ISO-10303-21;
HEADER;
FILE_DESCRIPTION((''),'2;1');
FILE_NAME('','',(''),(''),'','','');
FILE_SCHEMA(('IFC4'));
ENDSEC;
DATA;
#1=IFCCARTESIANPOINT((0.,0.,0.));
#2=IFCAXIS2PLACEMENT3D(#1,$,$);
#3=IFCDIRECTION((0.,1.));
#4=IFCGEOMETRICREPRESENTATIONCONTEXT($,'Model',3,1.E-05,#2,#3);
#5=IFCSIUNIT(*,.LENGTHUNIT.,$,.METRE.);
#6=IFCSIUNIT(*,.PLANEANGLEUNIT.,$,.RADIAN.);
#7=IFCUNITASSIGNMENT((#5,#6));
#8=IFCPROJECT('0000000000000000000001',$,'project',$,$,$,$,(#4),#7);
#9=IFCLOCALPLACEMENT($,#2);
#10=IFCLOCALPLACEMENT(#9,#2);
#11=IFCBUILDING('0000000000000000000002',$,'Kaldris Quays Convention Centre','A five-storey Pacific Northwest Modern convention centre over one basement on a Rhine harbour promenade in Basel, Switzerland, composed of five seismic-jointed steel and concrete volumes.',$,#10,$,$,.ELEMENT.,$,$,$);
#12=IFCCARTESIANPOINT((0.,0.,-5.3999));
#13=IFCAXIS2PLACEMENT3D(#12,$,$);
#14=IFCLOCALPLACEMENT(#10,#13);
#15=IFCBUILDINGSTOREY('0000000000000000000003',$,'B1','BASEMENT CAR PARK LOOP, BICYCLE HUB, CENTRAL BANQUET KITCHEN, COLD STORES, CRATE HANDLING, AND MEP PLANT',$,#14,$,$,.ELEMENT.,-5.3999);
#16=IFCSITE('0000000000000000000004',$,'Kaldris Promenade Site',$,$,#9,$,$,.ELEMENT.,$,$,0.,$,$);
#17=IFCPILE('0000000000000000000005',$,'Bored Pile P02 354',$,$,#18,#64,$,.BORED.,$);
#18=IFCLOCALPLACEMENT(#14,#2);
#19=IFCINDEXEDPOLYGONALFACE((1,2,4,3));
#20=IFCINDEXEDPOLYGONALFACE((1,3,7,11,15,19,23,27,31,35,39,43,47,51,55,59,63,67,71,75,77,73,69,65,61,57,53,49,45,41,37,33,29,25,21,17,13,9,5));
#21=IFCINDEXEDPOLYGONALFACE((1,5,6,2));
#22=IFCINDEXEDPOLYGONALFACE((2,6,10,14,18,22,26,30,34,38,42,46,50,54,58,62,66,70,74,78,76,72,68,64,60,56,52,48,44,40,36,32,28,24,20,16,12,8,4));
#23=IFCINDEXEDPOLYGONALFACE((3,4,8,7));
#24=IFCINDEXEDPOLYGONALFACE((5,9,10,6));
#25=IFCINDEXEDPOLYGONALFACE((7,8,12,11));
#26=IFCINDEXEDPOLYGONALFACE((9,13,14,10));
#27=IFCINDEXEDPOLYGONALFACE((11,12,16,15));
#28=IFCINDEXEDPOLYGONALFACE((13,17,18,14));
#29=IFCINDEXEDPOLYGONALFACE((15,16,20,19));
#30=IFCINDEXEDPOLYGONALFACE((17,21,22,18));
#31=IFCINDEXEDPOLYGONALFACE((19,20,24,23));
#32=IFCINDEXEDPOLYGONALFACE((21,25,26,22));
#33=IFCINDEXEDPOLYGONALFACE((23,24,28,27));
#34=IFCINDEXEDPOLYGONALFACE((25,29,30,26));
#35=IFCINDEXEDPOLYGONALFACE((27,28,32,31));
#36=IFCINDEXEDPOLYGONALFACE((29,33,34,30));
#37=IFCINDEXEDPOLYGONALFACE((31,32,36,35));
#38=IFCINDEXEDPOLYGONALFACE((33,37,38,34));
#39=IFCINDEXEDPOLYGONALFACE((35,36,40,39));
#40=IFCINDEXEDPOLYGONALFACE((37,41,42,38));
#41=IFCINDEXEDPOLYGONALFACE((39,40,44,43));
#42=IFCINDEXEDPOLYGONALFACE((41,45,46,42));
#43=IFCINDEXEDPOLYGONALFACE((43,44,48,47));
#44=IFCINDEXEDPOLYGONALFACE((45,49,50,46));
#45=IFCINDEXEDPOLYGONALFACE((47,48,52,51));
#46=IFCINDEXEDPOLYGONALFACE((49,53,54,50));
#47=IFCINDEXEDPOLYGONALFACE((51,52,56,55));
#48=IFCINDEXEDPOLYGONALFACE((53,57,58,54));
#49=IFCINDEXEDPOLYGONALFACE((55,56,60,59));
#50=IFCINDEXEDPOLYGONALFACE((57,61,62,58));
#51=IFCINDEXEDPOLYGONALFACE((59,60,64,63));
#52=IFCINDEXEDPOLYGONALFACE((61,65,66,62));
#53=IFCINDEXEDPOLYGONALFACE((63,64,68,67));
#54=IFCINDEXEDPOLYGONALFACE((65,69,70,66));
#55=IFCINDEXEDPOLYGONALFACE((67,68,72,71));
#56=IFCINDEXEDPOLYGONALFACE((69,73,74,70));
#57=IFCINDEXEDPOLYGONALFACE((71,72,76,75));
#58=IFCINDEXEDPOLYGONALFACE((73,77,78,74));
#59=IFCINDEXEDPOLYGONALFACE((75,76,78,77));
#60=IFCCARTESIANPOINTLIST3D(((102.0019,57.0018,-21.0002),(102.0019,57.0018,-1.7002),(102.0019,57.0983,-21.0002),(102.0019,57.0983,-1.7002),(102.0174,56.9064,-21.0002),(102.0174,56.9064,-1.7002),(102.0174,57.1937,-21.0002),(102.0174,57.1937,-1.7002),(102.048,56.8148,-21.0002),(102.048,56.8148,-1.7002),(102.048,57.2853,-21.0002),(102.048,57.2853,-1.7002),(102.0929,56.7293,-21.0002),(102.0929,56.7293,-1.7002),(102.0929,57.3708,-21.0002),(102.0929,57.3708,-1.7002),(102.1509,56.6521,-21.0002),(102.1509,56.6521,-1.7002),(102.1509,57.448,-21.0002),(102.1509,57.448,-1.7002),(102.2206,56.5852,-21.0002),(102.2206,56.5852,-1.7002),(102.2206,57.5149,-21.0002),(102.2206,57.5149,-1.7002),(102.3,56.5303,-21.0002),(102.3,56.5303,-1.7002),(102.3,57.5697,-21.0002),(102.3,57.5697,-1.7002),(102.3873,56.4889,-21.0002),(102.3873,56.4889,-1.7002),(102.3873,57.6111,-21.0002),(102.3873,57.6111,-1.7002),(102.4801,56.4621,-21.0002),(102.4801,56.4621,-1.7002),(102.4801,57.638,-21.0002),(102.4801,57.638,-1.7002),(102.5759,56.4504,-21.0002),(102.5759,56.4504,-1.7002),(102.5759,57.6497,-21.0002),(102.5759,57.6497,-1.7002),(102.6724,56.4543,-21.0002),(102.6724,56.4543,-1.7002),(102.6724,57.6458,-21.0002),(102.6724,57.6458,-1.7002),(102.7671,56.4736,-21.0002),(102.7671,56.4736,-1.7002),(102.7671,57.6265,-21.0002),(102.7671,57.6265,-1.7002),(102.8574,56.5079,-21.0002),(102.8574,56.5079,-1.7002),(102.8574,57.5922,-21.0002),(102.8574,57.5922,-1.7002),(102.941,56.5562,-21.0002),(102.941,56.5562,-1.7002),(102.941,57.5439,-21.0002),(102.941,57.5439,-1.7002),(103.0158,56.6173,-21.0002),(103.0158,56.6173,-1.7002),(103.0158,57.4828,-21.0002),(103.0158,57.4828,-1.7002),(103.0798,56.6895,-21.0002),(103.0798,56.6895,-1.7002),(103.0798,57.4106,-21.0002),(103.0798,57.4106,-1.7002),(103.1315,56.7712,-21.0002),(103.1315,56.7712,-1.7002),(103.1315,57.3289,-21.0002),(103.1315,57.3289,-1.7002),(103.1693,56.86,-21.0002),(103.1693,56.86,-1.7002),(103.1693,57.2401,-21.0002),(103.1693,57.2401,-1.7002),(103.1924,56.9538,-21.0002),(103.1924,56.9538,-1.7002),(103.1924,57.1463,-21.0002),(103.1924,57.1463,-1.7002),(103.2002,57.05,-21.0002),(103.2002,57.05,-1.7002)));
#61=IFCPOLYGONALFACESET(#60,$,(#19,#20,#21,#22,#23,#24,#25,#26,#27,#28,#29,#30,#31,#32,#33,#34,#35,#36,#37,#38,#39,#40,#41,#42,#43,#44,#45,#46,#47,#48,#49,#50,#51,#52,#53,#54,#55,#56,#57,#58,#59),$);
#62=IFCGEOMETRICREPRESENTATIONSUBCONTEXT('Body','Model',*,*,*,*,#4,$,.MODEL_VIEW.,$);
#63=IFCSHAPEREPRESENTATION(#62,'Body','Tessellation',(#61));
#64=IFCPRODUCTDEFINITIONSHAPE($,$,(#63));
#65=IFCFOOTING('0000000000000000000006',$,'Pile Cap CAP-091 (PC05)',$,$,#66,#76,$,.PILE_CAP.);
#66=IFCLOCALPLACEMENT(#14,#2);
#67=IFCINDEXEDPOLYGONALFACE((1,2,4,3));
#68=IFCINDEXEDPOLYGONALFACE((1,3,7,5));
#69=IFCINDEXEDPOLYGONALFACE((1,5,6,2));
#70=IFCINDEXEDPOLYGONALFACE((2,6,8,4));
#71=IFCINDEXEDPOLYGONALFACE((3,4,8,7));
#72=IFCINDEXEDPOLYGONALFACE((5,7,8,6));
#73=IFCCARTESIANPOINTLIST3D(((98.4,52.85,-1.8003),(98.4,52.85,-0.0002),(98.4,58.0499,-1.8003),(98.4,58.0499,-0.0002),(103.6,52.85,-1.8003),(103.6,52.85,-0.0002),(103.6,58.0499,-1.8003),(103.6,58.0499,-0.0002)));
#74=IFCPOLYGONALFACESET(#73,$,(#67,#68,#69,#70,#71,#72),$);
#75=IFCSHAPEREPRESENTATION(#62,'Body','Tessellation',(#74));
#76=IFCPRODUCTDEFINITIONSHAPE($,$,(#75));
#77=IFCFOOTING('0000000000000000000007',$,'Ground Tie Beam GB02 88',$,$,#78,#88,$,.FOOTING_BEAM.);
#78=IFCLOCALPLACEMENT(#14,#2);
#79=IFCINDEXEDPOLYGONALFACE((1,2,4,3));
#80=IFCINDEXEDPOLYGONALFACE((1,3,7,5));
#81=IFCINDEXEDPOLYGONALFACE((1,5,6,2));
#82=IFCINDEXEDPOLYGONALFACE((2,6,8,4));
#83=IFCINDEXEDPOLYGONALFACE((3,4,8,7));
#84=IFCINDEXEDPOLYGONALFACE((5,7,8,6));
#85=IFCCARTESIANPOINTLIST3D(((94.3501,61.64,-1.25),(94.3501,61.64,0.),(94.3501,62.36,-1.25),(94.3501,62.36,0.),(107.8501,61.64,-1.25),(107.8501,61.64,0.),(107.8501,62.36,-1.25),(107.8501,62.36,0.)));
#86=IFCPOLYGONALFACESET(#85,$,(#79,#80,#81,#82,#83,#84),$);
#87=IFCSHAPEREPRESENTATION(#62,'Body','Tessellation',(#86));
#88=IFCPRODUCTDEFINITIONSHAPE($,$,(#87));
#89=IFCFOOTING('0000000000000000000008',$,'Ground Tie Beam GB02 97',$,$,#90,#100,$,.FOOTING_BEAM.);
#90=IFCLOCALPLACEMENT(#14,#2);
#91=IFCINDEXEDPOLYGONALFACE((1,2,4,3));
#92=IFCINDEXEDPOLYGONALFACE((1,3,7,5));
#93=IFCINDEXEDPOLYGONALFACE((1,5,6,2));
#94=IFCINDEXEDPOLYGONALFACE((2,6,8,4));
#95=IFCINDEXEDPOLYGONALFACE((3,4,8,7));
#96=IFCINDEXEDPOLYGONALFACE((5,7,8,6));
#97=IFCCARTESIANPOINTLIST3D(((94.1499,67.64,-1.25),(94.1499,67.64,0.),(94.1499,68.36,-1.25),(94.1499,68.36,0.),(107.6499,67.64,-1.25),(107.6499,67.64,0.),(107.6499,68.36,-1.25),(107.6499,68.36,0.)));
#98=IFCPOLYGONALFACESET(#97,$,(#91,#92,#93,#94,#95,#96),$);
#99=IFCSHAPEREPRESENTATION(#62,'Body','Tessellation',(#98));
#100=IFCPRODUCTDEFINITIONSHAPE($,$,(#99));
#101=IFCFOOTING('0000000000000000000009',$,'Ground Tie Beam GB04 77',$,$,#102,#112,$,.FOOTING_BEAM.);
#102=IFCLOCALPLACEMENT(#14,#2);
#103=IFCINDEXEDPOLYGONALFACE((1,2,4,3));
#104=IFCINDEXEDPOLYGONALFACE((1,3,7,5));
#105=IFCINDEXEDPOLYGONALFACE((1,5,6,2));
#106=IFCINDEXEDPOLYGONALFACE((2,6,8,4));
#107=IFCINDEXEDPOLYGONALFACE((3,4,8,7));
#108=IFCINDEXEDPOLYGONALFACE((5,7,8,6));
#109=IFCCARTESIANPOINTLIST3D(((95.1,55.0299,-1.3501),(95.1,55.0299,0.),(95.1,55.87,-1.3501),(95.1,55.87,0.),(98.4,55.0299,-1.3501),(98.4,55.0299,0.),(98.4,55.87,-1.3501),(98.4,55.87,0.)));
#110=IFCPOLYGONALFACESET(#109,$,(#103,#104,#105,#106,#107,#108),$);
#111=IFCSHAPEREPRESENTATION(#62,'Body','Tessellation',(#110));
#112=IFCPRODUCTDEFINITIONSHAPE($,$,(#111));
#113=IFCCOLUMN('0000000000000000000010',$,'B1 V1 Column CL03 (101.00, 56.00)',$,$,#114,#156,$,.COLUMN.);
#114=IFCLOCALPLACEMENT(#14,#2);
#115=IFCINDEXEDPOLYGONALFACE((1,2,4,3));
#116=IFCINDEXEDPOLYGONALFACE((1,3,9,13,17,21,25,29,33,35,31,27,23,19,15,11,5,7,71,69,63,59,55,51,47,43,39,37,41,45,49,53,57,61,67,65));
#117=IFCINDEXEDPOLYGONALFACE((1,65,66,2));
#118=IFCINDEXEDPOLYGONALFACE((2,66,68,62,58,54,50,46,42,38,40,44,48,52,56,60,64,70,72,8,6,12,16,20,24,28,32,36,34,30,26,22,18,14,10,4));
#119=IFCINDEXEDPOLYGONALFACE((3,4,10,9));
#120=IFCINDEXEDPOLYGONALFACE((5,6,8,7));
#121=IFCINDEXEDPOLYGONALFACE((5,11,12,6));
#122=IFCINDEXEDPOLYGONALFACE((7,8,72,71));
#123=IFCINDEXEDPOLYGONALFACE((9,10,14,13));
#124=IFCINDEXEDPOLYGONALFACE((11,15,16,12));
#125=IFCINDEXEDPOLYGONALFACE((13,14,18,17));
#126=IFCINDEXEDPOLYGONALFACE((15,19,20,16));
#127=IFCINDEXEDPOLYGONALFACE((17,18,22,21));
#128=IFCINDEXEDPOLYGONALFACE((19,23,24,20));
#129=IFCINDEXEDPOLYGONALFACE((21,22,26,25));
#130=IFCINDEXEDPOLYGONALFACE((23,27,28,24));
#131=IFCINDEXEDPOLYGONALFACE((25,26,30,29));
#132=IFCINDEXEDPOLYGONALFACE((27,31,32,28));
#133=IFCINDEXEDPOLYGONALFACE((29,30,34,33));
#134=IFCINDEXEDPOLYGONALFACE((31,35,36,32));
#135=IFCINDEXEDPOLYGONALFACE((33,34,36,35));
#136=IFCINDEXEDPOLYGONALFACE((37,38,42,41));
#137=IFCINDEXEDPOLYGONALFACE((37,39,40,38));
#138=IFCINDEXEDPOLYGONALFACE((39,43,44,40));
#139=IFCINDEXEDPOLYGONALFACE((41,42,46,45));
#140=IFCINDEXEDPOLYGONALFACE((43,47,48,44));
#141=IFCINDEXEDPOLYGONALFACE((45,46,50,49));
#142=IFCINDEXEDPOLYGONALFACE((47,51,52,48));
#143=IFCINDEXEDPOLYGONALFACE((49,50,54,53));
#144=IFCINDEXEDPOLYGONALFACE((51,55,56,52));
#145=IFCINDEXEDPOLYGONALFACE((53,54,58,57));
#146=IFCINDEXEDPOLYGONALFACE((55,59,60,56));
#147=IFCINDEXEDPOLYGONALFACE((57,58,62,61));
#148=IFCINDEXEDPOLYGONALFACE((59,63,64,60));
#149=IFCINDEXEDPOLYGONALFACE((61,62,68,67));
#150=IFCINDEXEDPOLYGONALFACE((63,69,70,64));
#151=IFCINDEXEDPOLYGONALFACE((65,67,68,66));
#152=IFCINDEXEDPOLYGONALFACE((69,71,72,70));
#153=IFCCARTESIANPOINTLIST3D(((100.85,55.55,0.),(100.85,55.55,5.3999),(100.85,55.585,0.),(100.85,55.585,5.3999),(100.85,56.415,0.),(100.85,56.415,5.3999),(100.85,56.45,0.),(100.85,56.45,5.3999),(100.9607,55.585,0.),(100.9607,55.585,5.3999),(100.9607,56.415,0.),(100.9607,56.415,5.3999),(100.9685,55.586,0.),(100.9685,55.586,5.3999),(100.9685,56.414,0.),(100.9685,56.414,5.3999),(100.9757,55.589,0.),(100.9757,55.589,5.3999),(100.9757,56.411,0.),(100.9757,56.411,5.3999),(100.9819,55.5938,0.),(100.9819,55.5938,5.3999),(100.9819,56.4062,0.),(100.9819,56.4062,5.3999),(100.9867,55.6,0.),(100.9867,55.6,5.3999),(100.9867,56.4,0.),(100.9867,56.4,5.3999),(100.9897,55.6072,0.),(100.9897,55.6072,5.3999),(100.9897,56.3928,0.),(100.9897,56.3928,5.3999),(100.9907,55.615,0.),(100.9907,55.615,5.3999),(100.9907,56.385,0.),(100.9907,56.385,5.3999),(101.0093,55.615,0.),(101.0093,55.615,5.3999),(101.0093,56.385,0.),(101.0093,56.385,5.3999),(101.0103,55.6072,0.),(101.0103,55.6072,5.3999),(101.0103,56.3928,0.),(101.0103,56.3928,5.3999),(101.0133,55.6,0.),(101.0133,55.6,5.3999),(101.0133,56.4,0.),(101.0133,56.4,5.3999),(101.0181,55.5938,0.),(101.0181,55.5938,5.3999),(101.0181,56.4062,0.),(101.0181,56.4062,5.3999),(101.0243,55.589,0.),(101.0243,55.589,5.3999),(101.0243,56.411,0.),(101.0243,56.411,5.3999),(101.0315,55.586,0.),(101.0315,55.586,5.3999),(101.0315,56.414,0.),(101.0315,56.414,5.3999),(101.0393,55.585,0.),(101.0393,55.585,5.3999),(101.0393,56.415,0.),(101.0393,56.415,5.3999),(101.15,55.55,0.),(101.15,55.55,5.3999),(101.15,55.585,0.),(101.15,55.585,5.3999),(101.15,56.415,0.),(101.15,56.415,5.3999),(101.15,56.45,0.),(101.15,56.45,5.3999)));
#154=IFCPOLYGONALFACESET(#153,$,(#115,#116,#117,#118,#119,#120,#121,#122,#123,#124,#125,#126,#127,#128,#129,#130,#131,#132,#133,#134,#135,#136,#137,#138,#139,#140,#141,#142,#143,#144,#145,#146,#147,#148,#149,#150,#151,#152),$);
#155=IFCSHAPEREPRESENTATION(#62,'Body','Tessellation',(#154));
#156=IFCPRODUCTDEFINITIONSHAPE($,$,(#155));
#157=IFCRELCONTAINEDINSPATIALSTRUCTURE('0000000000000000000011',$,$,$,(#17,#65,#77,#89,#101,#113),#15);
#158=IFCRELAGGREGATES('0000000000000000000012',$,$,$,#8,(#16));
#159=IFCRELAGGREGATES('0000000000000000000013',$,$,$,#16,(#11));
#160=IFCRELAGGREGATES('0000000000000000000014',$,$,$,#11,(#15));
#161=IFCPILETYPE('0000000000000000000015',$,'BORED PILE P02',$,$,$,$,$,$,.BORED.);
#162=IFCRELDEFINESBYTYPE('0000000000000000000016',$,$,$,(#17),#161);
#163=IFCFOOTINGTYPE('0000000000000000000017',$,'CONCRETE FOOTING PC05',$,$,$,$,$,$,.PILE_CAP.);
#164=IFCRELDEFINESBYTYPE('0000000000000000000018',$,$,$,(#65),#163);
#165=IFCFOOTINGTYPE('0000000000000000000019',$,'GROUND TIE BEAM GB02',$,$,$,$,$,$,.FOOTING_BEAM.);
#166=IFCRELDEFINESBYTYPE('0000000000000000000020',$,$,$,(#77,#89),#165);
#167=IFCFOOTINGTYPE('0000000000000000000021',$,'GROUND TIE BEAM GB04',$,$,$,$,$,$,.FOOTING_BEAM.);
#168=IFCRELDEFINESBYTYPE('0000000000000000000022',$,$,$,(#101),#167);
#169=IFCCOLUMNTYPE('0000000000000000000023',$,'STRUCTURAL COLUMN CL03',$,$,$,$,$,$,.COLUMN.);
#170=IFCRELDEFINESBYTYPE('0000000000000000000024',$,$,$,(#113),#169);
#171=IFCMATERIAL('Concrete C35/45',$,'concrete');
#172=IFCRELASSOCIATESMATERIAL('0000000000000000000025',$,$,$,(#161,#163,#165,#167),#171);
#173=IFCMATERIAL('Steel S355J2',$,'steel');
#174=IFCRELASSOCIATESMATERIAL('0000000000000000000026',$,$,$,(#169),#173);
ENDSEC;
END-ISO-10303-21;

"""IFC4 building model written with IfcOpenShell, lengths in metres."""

from ifc_helpers import new_model, si_unit, direction, frame, origin, origin_2d, place, context, subcontext, project, spatial, rectangle, circle, i_section, extrude, material, material_profile, profile_set, type_object, element, save


model = new_model("IFC4")

# Units and contexts
model_context = context("Model", 3, precision=1e-05, world=origin(), true_north=direction((0.0, 1.0)))
body_context = subcontext(model_context, "Body", "Model", "MODEL_VIEW")
ifc_project = project(units=[si_unit("LENGTHUNIT", "METRE"), si_unit("PLANEANGLEUNIT", "RADIAN")], contexts=[model_context])

# Site, building, storey
site_placement = place(None, origin())
site = spatial("IfcSite", under=ifc_project, at=site_placement, Name="Kaldris Promenade Site", CompositionType="ELEMENT", RefElevation=0.0)
building_placement = place(site_placement, origin())
building = spatial("IfcBuilding", under=site, at=building_placement, Name="Kaldris Quays Convention Centre", Description="A five-storey Pacific Northwest Modern convention centre over one basement on a Rhine harbour promenade in Basel, Switzerland, composed of five seismic-jointed steel and concrete volumes.", CompositionType="ELEMENT")
storey_placement = place(building_placement, frame((0.0, 0.0, -5.3999)))
storey = spatial("IfcBuildingStorey", under=building, at=storey_placement, Name="B1", Description="BASEMENT CAR PARK LOOP, BICYCLE HUB, CENTRAL BANQUET KITCHEN, COLD STORES, CRATE HANDLING, AND MEP PLANT", CompositionType="ELEMENT", Elevation=-5.3999)

# Pile
ifc_material_1 = material(Name="Concrete C35/45", Category="concrete")
ifc_material_profile_1 = material_profile(ifc_material_1, circle(Radius=0.6001, at=origin_2d()), Name="BORED PILE D1200")
ifc_profile_set_1 = profile_set([ifc_material_profile_1], Name="Concrete C35/45")
pile_type_1 = type_object("IfcPileType", Name="BORED PILE P02", PredefinedType="BORED", material=ifc_profile_set_1)
for number, where, z_axis, x_axis, name in (
    (1, (102.6001, 57.05, -1.7002), (0.0, 0.0, -1.0), (1.0, 0.0, 0.0), "Bored Pile P02 354"),
):
    element("IfcPile", number, at=place(storey_placement, frame(where, z_axis=z_axis, x_axis=x_axis)), inside=storey, type_object=pile_type_1, Name=name, PredefinedType="BORED", context=body_context, shape_type="SweptSolid", body=[
        extrude(circle(Radius=0.6001, at=origin_2d()), origin(), (0.0, 0.0, 1.0), 19.3),
    ])

# Footings
footing_type_1 = type_object("IfcFootingType", Name="CONCRETE FOOTING PC05", PredefinedType="PILE_CAP", material=ifc_material_1)
footing_1_placement = place(storey_placement, frame((101.0, 55.45, -1.8003), z_axis=(0.0, 0.0, 1.0), x_axis=(1.0, 0.0, 0.0)))
element("IfcFooting", 2, at=footing_1_placement, inside=storey, type_object=footing_type_1, Name="Pile Cap CAP-091 (PC05)", PredefinedType="PILE_CAP", context=body_context, shape_type="SweptSolid", body=[
    extrude(rectangle(XDim=5.2, YDim=5.2, at=origin_2d()), origin(), (0.0, 0.0, 1.0), 1.8),
])
footing_type_2 = type_object("IfcFootingType", Name="GROUND TIE BEAM GB02", PredefinedType="FOOTING_BEAM", material=ifc_material_1)
for number, where, z_axis, x_axis, name in (
    (3, (101.1001, 62.0, -1.25), (0.0, 0.0, 1.0), (1.0, 0.0, 0.0), "Ground Tie Beam GB02 88"),
    (4, (100.8999, 68.0, -1.25), (0.0, 0.0, 1.0), (1.0, 0.0, 0.0), "Ground Tie Beam GB02 97"),
):
    element("IfcFooting", number, at=place(storey_placement, frame(where, z_axis=z_axis, x_axis=x_axis)), inside=storey, type_object=footing_type_2, Name=name, PredefinedType="FOOTING_BEAM", context=body_context, shape_type="SweptSolid", body=[
        extrude(rectangle(XDim=13.5, YDim=0.72, at=origin_2d()), origin(), (0.0, 0.0, 1.0), 1.25),
    ])
footing_type_3 = type_object("IfcFootingType", Name="GROUND TIE BEAM GB04", PredefinedType="FOOTING_BEAM", material=ifc_material_1)
footing_2_placement = place(storey_placement, frame((96.75, 55.45, -1.3501), z_axis=(0.0, 0.0, 1.0), x_axis=(1.0, 0.0, 0.0)))
element("IfcFooting", 5, at=footing_2_placement, inside=storey, type_object=footing_type_3, Name="Ground Tie Beam GB04 77", PredefinedType="FOOTING_BEAM", context=body_context, shape_type="SweptSolid", body=[
    extrude(rectangle(XDim=3.3, YDim=0.8401, at=origin_2d()), origin(), (0.0, 0.0, 1.0), 1.3501),
])

# Column
ifc_material_2 = material(Name="Steel S355J2", Category="steel")
ifc_material_profile_2 = material_profile(ifc_material_2, i_section(OverallWidth=0.3, OverallDepth=0.8999, WebThickness=0.0186, FlangeThickness=0.0349, FilletRadius=0.03, at=origin_2d()), Name="HEB 900")
ifc_profile_set_2 = profile_set([ifc_material_profile_2], Name="Steel S355J2")
column_type_1 = type_object("IfcColumnType", Name="STRUCTURAL COLUMN CL03", PredefinedType="COLUMN", material=ifc_profile_set_2)
column_1_placement = place(storey_placement, frame((101.0, 56.0, 0.0), z_axis=(0.0, 0.0, 1.0), x_axis=(1.0, 0.0, 0.0)))
element("IfcColumn", 6, at=column_1_placement, inside=storey, type_object=column_type_1, Name="B1 V1 Column CL03 (101.00, 56.00)", PredefinedType="COLUMN", context=body_context, shape_type="SweptSolid", body=[
    extrude(i_section(OverallWidth=0.3, OverallDepth=0.8999, WebThickness=0.0186, FlangeThickness=0.0349, FilletRadius=0.03, at=origin_2d()), origin(), (0.0, 0.0, 1.0), 5.3999),
])

save(model, "model.ifc")
